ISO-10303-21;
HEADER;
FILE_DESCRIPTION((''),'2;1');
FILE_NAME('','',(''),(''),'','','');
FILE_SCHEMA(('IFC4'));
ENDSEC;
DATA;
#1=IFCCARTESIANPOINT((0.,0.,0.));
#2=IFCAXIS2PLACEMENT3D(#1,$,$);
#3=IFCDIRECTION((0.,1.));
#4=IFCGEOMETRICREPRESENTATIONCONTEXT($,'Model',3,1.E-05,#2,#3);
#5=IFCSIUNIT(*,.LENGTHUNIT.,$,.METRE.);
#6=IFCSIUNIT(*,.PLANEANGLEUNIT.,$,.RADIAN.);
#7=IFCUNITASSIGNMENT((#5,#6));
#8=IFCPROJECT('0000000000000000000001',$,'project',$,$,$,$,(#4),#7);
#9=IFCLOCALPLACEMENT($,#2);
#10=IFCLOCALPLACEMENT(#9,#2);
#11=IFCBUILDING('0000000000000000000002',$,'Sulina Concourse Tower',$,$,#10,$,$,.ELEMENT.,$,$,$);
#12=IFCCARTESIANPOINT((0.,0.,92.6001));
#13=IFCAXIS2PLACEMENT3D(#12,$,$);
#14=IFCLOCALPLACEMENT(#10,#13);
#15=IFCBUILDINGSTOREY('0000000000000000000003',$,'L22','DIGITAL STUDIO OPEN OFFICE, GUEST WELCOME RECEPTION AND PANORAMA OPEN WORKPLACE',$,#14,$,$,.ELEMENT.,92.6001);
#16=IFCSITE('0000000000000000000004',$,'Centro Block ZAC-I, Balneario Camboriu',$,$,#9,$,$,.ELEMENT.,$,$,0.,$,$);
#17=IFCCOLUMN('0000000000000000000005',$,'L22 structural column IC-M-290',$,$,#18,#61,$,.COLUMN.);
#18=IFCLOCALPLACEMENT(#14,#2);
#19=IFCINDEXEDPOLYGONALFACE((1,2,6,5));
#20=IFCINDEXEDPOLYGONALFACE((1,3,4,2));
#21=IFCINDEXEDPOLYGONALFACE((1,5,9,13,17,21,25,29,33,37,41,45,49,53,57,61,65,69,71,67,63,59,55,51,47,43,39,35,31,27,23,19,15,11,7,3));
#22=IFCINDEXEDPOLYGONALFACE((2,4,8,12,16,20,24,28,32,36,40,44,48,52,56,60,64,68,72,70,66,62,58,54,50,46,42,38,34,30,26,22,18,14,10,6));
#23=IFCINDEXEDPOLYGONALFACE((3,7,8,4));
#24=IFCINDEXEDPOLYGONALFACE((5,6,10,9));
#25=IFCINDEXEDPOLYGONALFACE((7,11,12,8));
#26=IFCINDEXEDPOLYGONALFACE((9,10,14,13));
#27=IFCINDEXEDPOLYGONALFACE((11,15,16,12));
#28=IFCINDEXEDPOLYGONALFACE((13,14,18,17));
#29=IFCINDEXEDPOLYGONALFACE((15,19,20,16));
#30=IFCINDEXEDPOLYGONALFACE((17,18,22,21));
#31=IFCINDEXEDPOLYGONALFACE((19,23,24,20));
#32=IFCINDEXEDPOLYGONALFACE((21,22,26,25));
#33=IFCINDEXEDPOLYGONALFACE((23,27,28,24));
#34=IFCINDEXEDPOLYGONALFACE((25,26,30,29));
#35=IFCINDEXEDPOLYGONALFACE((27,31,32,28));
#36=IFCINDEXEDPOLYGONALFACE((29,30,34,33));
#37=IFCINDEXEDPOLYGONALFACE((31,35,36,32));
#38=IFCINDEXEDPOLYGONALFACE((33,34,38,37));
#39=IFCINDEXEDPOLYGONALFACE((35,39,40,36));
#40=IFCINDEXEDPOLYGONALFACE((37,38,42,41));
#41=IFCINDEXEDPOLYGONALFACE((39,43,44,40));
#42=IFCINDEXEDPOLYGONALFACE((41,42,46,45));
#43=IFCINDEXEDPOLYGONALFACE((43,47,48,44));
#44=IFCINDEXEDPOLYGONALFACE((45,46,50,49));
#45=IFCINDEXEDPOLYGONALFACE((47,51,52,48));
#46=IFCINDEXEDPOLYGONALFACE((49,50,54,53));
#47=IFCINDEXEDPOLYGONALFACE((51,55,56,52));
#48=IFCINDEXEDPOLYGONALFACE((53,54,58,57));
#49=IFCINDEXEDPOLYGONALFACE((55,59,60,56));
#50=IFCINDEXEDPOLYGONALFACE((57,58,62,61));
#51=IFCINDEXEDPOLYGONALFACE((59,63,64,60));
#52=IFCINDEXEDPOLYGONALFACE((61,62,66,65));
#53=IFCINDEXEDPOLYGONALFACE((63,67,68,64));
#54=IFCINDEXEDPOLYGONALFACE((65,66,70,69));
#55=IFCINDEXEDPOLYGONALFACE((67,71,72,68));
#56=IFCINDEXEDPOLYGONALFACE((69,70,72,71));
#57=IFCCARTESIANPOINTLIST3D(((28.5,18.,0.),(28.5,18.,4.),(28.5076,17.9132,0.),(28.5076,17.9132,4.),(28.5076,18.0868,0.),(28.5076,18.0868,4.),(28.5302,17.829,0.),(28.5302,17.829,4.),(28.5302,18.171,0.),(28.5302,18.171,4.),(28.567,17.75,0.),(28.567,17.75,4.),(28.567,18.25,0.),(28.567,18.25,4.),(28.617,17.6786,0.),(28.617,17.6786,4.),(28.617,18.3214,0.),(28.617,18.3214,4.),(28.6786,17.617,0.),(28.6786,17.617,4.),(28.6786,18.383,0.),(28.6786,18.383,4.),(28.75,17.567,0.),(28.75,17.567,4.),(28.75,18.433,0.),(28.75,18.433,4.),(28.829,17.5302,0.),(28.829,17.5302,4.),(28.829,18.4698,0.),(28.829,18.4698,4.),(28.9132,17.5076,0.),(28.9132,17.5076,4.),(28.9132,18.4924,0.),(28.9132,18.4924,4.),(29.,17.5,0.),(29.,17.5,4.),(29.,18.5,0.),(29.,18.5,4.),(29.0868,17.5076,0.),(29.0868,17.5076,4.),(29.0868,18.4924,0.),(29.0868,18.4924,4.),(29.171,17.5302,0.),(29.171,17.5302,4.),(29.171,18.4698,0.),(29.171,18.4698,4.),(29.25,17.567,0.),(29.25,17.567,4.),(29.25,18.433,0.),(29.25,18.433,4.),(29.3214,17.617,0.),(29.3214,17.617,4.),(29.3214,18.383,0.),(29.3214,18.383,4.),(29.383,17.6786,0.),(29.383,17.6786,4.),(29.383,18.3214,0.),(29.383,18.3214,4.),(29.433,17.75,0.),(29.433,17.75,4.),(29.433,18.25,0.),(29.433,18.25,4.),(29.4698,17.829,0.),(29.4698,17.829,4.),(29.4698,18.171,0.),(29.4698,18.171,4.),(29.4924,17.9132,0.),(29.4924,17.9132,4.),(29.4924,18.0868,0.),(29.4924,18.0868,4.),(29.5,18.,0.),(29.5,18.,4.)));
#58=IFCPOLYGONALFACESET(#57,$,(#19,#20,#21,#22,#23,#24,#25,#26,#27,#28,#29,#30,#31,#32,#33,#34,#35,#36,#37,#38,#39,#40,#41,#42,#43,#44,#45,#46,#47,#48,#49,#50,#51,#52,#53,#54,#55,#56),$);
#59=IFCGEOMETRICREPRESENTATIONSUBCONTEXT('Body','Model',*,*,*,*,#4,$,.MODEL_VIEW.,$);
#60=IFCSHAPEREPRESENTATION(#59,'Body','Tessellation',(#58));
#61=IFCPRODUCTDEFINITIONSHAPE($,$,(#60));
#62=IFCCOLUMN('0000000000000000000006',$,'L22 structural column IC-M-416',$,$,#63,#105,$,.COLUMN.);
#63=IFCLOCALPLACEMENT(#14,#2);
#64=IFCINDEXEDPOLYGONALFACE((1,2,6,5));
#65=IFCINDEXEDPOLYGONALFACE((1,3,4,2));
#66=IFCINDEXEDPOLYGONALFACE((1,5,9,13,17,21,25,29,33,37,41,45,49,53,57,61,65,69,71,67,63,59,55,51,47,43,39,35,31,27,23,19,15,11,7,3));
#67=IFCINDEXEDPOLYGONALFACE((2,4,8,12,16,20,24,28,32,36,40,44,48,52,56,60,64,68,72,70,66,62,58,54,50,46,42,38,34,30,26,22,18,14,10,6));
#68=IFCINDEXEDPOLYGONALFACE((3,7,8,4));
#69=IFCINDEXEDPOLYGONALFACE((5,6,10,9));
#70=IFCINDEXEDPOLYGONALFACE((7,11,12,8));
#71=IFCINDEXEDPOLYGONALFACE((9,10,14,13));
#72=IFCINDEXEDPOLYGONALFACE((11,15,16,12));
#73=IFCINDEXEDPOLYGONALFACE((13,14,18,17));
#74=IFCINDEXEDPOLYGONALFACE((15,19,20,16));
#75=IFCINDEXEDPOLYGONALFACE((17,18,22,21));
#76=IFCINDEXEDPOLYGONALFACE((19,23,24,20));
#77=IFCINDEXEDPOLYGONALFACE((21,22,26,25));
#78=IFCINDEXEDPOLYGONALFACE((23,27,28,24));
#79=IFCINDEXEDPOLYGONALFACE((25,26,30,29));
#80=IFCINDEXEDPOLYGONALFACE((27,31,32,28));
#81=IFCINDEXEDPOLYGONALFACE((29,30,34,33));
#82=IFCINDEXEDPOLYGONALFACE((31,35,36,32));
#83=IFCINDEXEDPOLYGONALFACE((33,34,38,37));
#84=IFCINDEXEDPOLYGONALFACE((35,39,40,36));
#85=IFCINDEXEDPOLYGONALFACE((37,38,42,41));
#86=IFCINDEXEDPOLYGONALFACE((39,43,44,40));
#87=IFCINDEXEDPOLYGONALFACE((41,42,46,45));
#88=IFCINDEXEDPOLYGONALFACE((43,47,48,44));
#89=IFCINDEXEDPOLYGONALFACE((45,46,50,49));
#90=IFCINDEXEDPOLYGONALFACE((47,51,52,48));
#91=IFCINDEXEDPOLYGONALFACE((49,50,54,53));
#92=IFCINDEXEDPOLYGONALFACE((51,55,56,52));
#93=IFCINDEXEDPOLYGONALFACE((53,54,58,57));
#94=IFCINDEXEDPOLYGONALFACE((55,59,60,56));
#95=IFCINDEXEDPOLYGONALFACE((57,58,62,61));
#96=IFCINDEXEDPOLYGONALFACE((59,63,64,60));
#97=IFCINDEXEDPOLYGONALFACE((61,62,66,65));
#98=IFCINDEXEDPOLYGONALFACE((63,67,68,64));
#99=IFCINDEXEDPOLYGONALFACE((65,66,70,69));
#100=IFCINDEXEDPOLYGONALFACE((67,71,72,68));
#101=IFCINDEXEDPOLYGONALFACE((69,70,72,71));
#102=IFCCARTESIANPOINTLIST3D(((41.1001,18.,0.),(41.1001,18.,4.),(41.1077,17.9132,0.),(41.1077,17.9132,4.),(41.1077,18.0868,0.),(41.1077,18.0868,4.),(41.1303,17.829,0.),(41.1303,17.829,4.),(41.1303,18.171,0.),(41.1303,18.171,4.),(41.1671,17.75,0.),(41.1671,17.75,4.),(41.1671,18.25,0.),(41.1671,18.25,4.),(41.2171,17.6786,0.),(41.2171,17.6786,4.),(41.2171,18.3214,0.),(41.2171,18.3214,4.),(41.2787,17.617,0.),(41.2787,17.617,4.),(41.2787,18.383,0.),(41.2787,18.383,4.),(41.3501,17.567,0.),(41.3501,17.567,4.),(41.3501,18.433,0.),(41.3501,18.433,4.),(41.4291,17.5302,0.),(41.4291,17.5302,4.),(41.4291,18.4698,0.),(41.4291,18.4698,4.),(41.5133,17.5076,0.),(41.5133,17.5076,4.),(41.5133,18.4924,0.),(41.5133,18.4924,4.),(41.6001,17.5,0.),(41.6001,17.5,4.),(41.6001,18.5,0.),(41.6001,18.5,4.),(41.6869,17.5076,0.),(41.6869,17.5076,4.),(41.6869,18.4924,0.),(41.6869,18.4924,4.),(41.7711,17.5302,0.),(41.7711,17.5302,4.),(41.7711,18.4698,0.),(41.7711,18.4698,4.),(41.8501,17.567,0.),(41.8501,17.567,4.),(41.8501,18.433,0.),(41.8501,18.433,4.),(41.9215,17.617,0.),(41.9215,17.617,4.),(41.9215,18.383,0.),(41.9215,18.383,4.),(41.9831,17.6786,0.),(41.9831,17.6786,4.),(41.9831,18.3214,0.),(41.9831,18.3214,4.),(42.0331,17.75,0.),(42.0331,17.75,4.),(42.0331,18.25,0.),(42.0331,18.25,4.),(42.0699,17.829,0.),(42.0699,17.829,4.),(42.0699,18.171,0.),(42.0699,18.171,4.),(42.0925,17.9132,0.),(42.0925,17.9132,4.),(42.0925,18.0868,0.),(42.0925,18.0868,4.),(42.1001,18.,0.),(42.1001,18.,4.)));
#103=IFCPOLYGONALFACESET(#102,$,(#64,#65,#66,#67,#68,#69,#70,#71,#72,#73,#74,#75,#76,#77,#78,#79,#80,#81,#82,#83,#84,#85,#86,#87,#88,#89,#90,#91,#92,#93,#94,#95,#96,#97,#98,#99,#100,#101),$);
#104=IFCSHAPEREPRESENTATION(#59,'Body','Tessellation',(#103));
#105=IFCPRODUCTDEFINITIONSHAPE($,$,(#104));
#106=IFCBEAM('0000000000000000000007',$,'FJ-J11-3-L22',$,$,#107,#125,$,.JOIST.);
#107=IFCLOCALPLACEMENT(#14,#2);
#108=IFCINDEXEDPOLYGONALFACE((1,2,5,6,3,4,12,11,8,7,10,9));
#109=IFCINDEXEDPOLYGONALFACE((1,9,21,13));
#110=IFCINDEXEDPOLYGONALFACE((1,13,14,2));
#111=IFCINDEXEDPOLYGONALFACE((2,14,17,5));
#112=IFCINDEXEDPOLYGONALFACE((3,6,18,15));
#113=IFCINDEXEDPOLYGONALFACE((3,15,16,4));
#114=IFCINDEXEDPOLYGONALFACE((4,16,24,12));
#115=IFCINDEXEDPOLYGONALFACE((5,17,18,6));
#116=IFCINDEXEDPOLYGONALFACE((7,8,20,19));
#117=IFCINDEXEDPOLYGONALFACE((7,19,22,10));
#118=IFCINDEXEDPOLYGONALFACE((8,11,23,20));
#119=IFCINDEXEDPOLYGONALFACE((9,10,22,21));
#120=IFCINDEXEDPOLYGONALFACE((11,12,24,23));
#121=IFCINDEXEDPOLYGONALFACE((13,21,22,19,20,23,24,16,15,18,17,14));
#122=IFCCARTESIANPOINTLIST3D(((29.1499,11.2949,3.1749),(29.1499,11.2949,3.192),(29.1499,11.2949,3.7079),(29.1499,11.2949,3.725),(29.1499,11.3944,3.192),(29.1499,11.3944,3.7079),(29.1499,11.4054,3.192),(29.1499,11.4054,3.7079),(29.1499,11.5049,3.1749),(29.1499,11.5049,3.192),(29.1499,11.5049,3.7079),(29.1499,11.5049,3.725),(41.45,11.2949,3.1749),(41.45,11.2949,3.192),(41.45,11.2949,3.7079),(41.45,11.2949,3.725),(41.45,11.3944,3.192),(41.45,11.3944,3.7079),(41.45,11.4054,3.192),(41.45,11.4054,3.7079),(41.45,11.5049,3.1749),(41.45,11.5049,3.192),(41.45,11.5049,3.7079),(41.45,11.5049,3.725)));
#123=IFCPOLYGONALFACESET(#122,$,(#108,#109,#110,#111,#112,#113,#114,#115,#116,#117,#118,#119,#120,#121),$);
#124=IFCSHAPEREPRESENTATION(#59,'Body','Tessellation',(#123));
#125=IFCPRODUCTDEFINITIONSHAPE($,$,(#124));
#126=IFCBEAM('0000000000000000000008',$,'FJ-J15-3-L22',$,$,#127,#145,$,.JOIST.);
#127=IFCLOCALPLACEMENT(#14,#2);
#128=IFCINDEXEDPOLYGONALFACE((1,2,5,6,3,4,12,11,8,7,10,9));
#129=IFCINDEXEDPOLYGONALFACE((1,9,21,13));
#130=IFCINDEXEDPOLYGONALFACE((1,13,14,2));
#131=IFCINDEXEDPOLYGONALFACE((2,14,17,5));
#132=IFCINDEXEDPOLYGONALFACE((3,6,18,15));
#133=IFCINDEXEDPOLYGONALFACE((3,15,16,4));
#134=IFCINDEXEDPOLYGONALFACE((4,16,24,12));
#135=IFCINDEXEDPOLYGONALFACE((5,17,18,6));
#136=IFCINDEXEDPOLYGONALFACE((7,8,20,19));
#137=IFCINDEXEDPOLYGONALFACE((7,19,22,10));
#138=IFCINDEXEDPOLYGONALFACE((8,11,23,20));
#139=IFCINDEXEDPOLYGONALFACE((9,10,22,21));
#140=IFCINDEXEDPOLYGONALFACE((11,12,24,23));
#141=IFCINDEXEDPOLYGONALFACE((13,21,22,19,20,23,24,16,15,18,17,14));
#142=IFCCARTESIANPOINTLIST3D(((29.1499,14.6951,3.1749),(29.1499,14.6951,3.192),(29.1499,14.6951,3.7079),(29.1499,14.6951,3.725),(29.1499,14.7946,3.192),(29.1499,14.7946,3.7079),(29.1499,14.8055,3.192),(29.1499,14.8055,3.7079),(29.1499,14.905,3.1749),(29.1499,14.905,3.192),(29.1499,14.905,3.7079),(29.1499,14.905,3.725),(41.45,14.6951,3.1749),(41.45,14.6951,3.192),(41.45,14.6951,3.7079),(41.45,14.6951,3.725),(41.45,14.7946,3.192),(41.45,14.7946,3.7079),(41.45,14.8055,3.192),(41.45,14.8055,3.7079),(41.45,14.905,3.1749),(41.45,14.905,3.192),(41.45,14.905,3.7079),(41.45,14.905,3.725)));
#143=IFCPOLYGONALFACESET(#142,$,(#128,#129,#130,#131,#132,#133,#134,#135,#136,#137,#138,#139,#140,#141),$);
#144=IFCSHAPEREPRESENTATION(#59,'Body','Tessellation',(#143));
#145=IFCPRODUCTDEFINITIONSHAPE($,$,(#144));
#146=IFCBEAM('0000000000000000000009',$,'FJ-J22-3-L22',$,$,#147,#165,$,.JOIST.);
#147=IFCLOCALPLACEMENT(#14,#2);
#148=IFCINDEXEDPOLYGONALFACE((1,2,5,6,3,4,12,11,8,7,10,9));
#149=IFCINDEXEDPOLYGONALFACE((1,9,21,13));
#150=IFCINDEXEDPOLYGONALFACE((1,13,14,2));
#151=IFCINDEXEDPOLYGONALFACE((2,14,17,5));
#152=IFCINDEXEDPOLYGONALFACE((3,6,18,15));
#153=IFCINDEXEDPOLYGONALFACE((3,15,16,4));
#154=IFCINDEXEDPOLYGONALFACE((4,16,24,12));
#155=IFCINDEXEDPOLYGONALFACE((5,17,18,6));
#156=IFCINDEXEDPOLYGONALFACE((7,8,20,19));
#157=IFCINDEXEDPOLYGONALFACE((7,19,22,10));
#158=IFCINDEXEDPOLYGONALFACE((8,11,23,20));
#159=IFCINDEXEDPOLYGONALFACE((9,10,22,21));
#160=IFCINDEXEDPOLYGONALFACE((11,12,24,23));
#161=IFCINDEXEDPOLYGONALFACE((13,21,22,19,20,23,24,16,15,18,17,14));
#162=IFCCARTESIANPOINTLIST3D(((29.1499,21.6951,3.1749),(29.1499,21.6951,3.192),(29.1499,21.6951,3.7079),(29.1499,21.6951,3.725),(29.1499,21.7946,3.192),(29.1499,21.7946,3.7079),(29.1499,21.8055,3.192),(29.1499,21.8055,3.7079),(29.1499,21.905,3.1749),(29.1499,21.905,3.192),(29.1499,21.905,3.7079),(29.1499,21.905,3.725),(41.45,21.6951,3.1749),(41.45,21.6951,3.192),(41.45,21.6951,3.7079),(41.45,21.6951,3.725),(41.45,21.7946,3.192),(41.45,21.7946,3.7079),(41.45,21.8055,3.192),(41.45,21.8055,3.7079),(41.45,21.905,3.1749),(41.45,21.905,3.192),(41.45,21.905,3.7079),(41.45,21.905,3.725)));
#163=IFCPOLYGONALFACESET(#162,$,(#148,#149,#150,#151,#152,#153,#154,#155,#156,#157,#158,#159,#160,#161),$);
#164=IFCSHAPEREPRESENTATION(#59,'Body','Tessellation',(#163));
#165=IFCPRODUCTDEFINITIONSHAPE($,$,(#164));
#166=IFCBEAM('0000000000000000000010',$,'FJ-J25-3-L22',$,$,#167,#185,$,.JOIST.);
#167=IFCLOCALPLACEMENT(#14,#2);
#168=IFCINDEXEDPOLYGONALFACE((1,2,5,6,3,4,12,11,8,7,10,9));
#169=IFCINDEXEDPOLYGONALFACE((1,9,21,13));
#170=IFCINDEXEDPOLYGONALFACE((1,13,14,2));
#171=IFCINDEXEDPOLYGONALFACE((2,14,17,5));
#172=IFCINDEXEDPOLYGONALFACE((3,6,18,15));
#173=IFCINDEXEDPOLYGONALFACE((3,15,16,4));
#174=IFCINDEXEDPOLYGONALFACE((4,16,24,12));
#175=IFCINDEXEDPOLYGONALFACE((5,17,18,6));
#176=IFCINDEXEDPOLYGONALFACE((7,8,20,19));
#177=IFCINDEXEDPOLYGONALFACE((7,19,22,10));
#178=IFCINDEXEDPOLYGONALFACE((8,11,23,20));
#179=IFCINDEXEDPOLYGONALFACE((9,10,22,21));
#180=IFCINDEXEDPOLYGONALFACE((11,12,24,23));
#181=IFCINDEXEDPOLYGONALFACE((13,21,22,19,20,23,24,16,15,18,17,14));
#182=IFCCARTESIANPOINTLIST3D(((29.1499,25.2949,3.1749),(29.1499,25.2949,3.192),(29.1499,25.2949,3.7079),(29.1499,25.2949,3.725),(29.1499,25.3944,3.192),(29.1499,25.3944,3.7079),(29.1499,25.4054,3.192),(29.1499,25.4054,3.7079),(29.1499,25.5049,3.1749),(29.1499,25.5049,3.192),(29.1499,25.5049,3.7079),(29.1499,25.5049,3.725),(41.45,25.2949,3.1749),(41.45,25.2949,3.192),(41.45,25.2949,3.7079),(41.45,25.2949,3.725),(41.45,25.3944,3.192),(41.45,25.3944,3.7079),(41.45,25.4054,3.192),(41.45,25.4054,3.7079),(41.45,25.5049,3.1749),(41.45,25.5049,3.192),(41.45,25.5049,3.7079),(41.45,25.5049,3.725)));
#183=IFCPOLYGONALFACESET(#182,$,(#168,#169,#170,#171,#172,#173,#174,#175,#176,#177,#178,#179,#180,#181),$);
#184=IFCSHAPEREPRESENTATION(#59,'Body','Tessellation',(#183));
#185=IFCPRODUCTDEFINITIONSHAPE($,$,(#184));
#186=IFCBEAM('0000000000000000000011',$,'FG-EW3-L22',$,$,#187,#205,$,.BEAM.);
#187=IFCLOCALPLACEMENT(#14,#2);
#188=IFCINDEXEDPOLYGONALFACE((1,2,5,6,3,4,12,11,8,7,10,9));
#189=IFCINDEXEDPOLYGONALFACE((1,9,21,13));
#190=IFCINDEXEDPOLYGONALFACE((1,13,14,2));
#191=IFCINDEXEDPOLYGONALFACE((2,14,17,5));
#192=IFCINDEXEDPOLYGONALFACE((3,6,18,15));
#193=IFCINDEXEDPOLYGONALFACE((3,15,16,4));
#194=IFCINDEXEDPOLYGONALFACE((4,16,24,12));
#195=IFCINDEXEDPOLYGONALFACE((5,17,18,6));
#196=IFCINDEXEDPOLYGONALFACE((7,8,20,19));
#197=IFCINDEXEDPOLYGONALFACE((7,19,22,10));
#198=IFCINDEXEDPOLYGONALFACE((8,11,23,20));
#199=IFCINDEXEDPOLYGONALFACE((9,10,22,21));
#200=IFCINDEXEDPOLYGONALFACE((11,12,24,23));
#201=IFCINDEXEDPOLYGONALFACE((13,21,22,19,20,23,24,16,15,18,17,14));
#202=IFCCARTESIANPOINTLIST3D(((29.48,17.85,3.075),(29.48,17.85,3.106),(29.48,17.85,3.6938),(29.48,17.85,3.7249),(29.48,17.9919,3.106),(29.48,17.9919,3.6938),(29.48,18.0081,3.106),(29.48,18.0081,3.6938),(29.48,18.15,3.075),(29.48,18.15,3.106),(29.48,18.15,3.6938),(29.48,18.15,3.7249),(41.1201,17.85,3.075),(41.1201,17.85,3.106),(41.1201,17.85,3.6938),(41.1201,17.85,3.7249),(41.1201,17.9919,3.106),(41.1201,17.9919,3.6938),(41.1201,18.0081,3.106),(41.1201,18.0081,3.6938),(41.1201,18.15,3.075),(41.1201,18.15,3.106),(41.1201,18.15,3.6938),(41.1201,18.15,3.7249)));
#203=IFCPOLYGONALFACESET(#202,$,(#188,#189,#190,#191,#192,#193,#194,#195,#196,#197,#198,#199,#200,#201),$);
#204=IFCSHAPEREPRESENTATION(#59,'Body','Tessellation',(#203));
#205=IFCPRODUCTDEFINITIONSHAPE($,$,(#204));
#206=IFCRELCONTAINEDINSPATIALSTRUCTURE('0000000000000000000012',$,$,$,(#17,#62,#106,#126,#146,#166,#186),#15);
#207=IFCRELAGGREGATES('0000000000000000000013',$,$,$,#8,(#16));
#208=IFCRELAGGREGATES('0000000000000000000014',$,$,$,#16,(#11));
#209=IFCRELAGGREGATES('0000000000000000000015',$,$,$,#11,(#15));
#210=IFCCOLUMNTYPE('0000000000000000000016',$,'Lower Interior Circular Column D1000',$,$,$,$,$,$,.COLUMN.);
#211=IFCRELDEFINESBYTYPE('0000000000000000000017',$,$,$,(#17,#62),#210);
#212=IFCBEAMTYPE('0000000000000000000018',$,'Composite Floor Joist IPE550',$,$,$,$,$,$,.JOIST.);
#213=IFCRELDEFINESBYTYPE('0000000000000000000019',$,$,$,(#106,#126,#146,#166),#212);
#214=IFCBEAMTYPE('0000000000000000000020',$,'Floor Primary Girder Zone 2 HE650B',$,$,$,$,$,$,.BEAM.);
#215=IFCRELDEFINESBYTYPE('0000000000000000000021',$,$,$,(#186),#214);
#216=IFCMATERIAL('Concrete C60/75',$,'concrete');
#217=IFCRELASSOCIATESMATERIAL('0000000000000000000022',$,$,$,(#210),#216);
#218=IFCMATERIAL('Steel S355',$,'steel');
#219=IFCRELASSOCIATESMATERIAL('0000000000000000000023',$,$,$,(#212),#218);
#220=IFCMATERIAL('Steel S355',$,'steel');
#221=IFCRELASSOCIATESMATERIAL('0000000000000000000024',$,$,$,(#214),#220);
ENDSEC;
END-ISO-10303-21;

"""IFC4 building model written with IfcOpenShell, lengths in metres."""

from ifc_helpers import new_model, si_unit, direction, frame, origin, origin_2d, place, context, subcontext, project, spatial, circle, i_section, extrude, material, material_profile, profile_set, type_object, element, save


model = new_model("IFC4")

# Units and contexts
model_context = context("Model", 3, precision=1e-05, world=origin(), true_north=direction((0.0, 1.0)))
body_context = subcontext(model_context, "Body", "Model", "MODEL_VIEW")
ifc_project = project(units=[si_unit("LENGTHUNIT", "METRE"), si_unit("PLANEANGLEUNIT", "RADIAN")], contexts=[model_context])

# Site, building, storey
site_placement = place(None, origin())
site = spatial("IfcSite", under=ifc_project, at=site_placement, Name="Centro Block ZAC-I, Balneario Camboriu", CompositionType="ELEMENT", RefElevation=0.0)
building_placement = place(site_placement, origin())
building = spatial("IfcBuilding", under=site, at=building_placement, Name="Sulina Concourse Tower", CompositionType="ELEMENT")
storey_placement = place(building_placement, frame((0.0, 0.0, 92.6001)))
storey = spatial("IfcBuildingStorey", under=building, at=storey_placement, Name="L22", Description="DIGITAL STUDIO OPEN OFFICE, GUEST WELCOME RECEPTION AND PANORAMA OPEN WORKPLACE", CompositionType="ELEMENT", Elevation=92.6001)

# Columns
ifc_material_1 = material(Name="Concrete C60/75", Category="concrete")
ifc_material_profile_1 = material_profile(ifc_material_1, circle(Radius=0.5, at=origin_2d()), Name="RC D1000")
ifc_profile_set_1 = profile_set([ifc_material_profile_1], Name="Concrete C60/75")
column_type = type_object("IfcColumnType", Name="Lower Interior Circular Column D1000", PredefinedType="COLUMN", material=ifc_profile_set_1)
for number, where, z_axis, x_axis, name in (
    (1, (29.0, 18.0, 0.0), (0.0, 0.0, 1.0), (1.0, 0.0, 0.0), "L22 structural column IC-M-290"),
    (2, (41.6001, 18.0, 0.0), (0.0, 0.0, 1.0), (1.0, 0.0, 0.0), "L22 structural column IC-M-416"),
):
    element("IfcColumn", number, at=place(storey_placement, frame(where, z_axis=z_axis, x_axis=x_axis)), inside=storey, type_object=column_type, Name=name, PredefinedType="COLUMN", context=body_context, shape_type="SweptSolid", body=[
        extrude(circle(Radius=0.5, at=origin_2d()), origin(), (0.0, 0.0, 1.0), 4.0),
    ])

# Beams
ifc_material_2 = material(Name="Steel S355", Category="steel")
ifc_material_profile_2 = material_profile(ifc_material_2, i_section(OverallWidth=0.21, OverallDepth=0.55, WebThickness=0.011, FlangeThickness=0.0171, at=origin_2d()), Name="IPE 550")
ifc_profile_set_2 = profile_set([ifc_material_profile_2], Name="Steel S355")
beam_type_1 = type_object("IfcBeamType", Name="Composite Floor Joist IPE550", PredefinedType="JOIST", material=ifc_profile_set_2)
for number, where, z_axis, x_axis, name in (
    (3, (29.1499, 11.3999, 3.45), (1.0, 0.0, 0.0), (0.0, 1.0, 0.0), "FJ-J11-3-L22"),
    (4, (29.1499, 14.8, 3.45), (1.0, 0.0, 0.0), (0.0, 1.0, 0.0), "FJ-J15-3-L22"),
    (5, (29.1499, 21.8, 3.45), (1.0, 0.0, 0.0), (0.0, 1.0, 0.0), "FJ-J22-3-L22"),
    (6, (29.1499, 25.3999, 3.45), (1.0, 0.0, 0.0), (0.0, 1.0, 0.0), "FJ-J25-3-L22"),
):
    element("IfcBeam", number, at=place(storey_placement, frame(where, z_axis=z_axis, x_axis=x_axis)), inside=storey, type_object=beam_type_1, Name=name, PredefinedType="JOIST", context=body_context, shape_type="SweptSolid", body=[
        extrude(i_section(OverallWidth=0.21, OverallDepth=0.55, WebThickness=0.011, FlangeThickness=0.0171, at=origin_2d()), origin(), (0.0, 0.0, 1.0), 12.3),
    ])
ifc_material_3 = material(Name="Steel S355", Category="steel")
ifc_material_profile_3 = material_profile(ifc_material_3, i_section(OverallWidth=0.3, OverallDepth=0.6499, WebThickness=0.0161, FlangeThickness=0.031, at=origin_2d()), Name="HE 650 B")
ifc_profile_set_3 = profile_set([ifc_material_profile_3], Name="Steel S355")
beam_type_2 = type_object("IfcBeamType", Name="Floor Primary Girder Zone 2 HE650B", PredefinedType="BEAM", material=ifc_profile_set_3)
beam_1_placement = place(storey_placement, frame((29.48, 18.0, 3.3999), z_axis=(1.0, 0.0, 0.0), x_axis=(0.0, 1.0, 0.0)))
element("IfcBeam", 7, at=beam_1_placement, inside=storey, type_object=beam_type_2, Name="FG-EW3-L22", PredefinedType="BEAM", context=body_context, shape_type="SweptSolid", body=[
    extrude(i_section(OverallWidth=0.3, OverallDepth=0.6499, WebThickness=0.0161, FlangeThickness=0.031, at=origin_2d()), origin(), (0.0, 0.0, 1.0), 11.6401),
])

save(model, "model.ifc")
